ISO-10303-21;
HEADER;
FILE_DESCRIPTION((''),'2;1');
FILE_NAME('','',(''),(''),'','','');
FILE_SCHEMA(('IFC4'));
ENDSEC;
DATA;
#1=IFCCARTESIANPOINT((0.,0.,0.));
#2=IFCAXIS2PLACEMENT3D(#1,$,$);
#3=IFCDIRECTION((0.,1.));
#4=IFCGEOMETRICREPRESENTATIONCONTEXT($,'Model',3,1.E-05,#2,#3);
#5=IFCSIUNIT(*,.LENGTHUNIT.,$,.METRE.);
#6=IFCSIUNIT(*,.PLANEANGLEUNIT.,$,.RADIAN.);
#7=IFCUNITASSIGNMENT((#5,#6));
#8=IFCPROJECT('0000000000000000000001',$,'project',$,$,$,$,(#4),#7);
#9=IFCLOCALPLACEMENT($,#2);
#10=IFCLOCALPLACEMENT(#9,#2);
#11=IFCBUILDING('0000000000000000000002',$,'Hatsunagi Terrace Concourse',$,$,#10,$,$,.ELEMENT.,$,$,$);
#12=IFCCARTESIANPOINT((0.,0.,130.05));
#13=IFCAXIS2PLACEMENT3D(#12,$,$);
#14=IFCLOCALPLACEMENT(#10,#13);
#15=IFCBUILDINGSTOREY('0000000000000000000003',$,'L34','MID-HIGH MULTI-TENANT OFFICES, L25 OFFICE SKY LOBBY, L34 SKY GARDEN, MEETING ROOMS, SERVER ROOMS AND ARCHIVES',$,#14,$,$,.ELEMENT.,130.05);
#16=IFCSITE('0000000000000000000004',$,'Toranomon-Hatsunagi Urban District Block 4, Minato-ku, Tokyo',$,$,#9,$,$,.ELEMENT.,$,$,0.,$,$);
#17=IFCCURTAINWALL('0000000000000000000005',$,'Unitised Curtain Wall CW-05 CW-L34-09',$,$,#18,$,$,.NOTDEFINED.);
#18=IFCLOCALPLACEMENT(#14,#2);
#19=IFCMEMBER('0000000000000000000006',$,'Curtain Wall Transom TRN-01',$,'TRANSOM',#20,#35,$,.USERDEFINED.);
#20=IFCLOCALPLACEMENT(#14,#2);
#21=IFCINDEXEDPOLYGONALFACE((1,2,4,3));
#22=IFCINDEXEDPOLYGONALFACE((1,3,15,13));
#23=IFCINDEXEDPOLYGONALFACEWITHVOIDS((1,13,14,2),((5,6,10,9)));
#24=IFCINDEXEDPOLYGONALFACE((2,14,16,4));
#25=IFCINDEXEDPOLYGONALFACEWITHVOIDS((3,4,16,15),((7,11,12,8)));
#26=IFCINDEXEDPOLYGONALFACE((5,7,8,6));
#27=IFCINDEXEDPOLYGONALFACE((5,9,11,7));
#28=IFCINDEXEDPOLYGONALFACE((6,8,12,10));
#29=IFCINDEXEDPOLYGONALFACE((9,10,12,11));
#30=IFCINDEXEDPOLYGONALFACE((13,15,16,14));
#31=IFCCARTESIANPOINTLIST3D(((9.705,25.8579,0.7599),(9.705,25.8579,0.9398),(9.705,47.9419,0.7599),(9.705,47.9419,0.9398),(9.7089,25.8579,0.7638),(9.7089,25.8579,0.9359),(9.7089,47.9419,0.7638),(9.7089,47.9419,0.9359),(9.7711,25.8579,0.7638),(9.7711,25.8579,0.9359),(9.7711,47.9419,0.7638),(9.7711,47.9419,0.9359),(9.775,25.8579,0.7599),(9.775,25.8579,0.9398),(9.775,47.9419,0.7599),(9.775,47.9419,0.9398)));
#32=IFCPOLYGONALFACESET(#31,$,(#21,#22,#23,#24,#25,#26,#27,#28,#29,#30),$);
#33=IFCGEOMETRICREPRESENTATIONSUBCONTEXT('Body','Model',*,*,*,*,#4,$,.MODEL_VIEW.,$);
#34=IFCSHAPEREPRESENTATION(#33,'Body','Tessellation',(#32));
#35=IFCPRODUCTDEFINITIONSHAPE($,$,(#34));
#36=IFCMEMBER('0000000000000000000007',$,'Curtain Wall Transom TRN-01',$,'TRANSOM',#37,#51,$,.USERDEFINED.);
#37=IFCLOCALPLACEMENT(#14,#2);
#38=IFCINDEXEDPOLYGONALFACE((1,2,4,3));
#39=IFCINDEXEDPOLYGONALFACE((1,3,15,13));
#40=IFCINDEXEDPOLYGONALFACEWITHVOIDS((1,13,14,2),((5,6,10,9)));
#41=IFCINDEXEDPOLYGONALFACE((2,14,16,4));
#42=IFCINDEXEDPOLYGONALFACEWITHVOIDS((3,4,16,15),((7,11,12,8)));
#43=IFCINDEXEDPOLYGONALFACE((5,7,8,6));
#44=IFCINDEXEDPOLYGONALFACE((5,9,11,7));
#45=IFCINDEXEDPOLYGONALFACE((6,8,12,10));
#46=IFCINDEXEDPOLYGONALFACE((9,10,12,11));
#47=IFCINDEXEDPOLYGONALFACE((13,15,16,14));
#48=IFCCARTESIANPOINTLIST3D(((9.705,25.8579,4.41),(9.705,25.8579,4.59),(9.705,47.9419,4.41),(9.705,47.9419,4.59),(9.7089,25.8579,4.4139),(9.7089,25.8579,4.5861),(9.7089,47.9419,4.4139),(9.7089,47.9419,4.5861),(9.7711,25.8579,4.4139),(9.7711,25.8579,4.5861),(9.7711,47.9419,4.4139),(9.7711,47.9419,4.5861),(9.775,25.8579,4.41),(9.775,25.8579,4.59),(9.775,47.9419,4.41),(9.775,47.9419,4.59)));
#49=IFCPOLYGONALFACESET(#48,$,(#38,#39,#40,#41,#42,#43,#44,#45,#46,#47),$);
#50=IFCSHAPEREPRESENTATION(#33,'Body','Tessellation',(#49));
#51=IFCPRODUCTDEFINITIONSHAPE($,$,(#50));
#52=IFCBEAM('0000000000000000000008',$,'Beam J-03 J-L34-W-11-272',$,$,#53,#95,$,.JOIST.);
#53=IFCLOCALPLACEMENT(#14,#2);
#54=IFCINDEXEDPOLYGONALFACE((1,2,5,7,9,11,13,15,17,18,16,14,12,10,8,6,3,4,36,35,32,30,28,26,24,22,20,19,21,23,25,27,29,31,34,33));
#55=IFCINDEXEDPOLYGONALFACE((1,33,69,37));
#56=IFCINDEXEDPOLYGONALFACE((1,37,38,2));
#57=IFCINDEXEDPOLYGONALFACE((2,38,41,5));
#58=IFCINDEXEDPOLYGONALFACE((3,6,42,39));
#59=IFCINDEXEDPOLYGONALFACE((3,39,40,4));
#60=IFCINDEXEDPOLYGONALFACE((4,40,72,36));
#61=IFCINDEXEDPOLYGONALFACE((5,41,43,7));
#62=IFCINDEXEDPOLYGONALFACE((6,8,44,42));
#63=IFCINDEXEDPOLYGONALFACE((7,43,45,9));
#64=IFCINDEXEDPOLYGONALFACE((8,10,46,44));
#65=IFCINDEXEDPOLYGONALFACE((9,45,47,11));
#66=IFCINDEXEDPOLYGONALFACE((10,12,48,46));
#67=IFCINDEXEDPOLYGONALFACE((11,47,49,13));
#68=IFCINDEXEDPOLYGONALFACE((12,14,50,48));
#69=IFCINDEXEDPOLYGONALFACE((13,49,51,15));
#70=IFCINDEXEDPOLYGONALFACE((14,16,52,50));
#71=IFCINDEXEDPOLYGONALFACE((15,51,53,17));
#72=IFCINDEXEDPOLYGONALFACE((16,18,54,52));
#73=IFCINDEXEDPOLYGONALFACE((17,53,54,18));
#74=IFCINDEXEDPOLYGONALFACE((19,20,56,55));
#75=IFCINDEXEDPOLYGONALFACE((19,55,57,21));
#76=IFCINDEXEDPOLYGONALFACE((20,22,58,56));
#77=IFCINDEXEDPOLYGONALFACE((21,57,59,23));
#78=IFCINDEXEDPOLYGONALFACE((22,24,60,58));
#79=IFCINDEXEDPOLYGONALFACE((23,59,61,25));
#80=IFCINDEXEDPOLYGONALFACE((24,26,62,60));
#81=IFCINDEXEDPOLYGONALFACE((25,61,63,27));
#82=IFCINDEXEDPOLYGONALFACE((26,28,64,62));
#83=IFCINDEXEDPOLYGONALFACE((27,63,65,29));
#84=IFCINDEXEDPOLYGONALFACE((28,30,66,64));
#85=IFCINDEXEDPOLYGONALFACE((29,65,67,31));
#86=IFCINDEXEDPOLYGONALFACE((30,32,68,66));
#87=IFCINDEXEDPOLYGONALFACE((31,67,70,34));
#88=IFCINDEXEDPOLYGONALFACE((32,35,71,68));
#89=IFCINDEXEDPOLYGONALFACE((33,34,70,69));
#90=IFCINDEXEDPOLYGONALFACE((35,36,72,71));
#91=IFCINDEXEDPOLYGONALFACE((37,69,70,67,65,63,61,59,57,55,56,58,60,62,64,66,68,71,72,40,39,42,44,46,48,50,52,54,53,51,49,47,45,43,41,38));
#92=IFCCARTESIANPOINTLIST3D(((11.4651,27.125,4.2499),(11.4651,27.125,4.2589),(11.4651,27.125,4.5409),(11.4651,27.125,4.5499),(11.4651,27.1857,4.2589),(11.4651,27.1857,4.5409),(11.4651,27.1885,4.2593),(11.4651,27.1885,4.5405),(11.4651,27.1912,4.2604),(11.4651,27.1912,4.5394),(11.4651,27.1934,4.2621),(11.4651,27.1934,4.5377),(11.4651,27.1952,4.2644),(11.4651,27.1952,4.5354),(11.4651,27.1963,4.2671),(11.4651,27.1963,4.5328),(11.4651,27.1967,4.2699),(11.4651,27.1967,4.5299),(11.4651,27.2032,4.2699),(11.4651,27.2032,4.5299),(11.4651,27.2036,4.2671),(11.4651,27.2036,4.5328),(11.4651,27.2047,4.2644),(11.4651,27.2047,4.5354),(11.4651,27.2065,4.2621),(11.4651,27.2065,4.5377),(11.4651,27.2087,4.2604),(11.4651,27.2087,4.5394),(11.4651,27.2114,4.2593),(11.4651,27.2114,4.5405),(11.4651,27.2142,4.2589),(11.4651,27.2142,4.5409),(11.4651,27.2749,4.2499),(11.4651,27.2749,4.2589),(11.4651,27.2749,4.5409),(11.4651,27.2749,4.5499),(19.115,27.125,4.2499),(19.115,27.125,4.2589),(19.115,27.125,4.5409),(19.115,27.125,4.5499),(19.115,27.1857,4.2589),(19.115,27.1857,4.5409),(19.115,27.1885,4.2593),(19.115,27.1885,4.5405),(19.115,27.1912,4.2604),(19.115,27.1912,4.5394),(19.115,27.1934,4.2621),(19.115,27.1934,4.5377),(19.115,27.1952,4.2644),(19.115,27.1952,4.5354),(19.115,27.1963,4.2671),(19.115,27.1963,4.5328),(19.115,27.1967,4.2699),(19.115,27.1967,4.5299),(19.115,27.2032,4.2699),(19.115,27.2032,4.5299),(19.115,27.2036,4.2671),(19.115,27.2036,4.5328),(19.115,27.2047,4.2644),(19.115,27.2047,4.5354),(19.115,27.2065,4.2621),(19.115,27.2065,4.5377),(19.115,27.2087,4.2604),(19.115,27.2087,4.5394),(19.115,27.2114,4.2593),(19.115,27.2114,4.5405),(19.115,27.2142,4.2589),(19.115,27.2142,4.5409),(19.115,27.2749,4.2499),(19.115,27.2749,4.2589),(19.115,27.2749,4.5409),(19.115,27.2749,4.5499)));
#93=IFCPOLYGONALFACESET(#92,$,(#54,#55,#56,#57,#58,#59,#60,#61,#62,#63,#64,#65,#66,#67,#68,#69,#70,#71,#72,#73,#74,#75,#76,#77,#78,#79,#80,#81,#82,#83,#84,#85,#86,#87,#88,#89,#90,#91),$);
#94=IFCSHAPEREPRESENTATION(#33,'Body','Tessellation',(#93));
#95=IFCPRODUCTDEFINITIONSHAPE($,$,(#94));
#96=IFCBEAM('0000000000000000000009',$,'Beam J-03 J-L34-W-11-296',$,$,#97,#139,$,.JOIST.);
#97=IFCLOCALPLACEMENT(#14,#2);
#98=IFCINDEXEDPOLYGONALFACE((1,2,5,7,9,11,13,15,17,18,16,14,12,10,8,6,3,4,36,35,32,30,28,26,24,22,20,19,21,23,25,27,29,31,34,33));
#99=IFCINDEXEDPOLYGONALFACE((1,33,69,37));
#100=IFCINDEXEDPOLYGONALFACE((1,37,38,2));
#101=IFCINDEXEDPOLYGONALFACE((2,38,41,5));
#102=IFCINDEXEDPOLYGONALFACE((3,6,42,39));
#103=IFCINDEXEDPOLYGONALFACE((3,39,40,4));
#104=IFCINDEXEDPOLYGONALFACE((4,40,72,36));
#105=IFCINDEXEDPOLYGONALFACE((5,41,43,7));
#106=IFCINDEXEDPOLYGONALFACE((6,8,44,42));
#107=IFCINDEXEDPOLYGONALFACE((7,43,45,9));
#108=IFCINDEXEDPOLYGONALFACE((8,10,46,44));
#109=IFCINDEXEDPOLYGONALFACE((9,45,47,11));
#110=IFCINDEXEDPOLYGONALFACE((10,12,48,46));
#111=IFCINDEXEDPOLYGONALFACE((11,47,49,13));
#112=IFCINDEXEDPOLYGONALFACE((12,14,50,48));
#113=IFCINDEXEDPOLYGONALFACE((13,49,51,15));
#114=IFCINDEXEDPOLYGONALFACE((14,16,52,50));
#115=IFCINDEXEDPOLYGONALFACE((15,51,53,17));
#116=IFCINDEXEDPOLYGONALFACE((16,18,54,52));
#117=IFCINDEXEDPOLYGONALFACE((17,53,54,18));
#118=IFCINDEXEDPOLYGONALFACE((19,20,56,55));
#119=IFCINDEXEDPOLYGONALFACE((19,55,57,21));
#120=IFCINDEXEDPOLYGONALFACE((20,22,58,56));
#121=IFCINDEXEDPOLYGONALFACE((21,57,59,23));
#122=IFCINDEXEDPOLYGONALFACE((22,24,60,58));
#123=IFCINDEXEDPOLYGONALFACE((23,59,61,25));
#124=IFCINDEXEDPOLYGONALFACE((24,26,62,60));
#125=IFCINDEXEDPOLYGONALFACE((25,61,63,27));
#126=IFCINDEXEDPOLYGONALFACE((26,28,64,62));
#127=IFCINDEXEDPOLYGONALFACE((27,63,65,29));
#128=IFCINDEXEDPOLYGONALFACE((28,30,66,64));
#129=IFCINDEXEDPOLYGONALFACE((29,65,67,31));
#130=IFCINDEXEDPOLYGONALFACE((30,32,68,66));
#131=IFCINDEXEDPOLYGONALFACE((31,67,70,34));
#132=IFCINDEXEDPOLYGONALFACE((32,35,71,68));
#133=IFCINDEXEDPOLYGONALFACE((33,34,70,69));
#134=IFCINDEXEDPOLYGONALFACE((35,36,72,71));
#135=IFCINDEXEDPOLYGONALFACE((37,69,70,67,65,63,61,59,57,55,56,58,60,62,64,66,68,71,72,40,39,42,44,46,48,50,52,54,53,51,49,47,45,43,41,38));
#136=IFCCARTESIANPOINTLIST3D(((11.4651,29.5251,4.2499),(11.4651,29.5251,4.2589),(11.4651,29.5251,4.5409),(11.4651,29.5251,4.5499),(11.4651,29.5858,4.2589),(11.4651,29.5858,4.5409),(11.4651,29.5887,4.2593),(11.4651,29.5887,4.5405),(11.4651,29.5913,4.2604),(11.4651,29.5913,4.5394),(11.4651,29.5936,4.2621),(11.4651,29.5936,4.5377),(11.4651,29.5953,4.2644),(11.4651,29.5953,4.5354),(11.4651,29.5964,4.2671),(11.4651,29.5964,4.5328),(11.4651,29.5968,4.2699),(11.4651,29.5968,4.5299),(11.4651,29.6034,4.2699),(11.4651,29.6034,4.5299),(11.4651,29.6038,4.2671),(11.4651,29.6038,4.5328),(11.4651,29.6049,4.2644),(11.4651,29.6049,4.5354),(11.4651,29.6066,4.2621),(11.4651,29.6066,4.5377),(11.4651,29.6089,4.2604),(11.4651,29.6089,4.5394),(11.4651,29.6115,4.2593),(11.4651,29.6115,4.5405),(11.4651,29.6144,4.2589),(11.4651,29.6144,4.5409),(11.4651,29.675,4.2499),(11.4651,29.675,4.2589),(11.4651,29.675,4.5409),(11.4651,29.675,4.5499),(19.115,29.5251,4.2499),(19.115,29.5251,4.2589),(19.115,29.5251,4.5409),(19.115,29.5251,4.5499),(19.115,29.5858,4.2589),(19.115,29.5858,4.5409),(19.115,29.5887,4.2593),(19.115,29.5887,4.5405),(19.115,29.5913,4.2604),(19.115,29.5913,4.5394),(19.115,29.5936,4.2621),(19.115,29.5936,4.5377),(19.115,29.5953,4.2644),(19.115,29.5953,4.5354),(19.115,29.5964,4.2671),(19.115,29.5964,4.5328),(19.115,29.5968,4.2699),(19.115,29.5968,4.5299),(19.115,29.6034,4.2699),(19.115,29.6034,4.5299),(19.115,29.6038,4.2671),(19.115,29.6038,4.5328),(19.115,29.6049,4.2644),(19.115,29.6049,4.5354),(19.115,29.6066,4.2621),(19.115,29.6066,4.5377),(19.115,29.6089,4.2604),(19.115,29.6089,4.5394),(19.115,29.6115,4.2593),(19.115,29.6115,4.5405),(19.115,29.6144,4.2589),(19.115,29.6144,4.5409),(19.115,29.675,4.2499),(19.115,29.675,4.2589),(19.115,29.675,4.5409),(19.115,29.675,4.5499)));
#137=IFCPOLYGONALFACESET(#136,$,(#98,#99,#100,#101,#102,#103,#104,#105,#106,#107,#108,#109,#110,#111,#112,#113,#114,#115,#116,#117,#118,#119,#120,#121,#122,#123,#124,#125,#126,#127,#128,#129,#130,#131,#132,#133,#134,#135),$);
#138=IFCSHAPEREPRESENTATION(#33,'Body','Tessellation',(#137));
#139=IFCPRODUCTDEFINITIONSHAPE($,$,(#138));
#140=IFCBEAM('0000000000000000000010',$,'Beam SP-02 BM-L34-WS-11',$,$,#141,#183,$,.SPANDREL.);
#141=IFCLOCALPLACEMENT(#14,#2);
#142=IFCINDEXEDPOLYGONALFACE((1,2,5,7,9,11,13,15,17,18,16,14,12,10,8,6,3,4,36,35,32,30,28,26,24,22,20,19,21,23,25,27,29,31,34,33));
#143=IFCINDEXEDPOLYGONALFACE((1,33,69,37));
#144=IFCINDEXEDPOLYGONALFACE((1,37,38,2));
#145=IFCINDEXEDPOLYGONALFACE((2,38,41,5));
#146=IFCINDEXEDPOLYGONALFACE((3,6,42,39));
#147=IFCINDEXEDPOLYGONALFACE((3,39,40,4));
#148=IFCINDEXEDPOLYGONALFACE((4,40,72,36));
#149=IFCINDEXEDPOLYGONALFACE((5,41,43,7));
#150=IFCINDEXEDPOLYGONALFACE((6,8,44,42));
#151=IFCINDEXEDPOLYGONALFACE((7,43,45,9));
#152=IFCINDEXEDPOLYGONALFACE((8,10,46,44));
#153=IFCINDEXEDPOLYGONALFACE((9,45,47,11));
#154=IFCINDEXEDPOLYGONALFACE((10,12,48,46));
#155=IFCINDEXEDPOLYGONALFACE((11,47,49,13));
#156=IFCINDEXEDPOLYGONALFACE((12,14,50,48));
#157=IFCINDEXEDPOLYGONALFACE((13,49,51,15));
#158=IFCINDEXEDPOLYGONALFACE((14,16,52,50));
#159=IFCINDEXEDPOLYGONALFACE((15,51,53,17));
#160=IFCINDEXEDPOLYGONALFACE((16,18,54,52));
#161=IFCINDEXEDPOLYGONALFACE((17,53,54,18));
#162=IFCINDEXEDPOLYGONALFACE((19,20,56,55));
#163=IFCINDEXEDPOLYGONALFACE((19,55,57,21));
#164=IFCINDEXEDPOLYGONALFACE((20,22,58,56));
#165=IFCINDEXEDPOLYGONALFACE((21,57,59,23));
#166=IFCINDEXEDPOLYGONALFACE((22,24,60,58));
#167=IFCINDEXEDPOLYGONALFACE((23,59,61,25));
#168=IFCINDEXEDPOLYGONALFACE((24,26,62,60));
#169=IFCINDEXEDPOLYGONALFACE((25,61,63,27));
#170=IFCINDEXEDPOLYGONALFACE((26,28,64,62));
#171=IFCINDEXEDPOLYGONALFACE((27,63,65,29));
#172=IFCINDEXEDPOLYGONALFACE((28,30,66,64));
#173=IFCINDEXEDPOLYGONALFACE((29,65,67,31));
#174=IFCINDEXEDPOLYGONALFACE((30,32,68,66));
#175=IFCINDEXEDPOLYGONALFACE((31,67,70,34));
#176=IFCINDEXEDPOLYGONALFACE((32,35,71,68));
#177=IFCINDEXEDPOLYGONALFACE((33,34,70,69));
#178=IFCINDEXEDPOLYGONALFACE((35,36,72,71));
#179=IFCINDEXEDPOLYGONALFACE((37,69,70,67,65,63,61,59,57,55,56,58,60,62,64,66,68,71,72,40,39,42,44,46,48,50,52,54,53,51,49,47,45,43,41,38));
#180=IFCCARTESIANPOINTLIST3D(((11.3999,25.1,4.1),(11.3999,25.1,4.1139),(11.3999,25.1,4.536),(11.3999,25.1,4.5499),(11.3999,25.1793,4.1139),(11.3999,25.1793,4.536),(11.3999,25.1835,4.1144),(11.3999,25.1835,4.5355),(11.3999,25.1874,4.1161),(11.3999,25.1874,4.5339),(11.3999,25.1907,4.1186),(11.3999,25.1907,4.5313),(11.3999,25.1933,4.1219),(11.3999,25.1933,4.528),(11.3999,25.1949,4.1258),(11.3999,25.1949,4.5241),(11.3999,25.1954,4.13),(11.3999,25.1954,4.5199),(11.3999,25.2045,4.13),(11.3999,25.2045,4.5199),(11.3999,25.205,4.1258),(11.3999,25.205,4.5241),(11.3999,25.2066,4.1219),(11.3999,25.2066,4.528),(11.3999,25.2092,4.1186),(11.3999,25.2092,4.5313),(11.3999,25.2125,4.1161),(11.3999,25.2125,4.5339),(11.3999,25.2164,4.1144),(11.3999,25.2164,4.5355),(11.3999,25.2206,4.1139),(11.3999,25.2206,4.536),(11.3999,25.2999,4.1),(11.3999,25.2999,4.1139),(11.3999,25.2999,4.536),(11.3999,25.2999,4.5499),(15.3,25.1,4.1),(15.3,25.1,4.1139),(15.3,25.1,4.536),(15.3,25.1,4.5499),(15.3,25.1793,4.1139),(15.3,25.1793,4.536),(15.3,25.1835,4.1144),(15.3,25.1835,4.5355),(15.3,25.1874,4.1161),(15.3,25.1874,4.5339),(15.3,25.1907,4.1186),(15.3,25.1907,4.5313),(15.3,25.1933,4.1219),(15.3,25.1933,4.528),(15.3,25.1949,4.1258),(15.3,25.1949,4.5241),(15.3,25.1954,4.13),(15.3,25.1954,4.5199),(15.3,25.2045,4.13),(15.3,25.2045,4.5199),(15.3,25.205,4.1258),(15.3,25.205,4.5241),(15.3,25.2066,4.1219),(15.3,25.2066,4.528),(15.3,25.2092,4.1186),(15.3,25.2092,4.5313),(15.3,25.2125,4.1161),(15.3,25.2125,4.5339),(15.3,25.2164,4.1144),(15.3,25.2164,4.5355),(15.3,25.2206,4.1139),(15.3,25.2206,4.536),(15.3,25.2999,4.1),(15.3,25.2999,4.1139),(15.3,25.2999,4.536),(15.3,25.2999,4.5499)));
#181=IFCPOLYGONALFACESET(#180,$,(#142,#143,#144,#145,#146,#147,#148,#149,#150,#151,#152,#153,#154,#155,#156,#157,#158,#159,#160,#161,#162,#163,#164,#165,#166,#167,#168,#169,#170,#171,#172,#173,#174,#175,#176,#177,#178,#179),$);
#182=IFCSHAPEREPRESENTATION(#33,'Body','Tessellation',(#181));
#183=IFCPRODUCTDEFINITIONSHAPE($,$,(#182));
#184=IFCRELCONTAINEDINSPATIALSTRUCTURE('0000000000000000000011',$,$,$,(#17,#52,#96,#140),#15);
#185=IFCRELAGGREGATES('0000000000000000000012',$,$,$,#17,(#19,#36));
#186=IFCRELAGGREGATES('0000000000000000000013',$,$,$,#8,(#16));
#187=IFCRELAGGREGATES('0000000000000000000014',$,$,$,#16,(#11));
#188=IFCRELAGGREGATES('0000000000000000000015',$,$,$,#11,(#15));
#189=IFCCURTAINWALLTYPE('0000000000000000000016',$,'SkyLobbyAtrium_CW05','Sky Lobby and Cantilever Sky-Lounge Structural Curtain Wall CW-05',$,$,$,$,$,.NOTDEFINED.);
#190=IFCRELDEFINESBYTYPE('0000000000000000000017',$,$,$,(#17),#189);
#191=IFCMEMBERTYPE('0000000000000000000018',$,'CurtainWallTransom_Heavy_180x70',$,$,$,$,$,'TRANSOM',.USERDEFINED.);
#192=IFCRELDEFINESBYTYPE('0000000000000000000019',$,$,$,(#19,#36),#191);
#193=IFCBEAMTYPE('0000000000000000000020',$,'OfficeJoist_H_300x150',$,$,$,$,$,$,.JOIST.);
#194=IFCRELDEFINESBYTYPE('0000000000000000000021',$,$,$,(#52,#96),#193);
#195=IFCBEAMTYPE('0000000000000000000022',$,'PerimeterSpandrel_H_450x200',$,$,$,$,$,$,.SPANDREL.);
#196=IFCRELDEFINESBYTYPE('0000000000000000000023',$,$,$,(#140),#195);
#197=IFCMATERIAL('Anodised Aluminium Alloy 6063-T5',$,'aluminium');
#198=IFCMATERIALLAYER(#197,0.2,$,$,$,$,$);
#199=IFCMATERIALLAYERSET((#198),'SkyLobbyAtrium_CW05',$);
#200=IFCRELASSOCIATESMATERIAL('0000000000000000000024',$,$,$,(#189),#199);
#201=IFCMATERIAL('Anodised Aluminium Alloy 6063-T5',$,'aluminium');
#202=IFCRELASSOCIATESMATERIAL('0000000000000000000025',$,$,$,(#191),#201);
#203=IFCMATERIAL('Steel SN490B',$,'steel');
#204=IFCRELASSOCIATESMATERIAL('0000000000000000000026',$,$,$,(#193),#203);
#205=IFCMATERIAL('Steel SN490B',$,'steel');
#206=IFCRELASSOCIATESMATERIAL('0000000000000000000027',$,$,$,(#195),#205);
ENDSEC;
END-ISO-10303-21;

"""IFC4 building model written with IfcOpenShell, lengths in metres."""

from ifc_helpers import new_model, si_unit, direction, frame, origin, origin_2d, place, context, subcontext, project, spatial, hollow_rectangle, i_section, extrude, material, layer, layer_set, material_profile, profile_set, type_object, element, aggregate, save


model = new_model("IFC4")

# Units and contexts
model_context = context("Model", 3, precision=1e-05, world=origin(), true_north=direction((0.0, 1.0)))
body_context = subcontext(model_context, "Body", "Model", "MODEL_VIEW")
ifc_project = project(units=[si_unit("LENGTHUNIT", "METRE"), si_unit("PLANEANGLEUNIT", "RADIAN")], contexts=[model_context])

# Site, building, storey
site_placement = place(None, origin())
site = spatial("IfcSite", under=ifc_project, at=site_placement, Name="Toranomon-Hatsunagi Urban District Block 4, Minato-ku, Tokyo", CompositionType="ELEMENT", RefElevation=0.0)
building_placement = place(site_placement, origin())
building = spatial("IfcBuilding", under=site, at=building_placement, Name="Hatsunagi Terrace Concourse", CompositionType="ELEMENT")
storey_placement = place(building_placement, frame((0.0, 0.0, 130.05)))
storey = spatial("IfcBuildingStorey", under=building, at=storey_placement, Name="L34", Description="MID-HIGH MULTI-TENANT OFFICES, L25 OFFICE SKY LOBBY, L34 SKY GARDEN, MEETING ROOMS, SERVER ROOMS AND ARCHIVES", CompositionType="ELEMENT", Elevation=130.05)

# Curtain wall
ifc_material_1 = material(Name="Anodised Aluminium Alloy 6063-T5", Category="aluminium")
ifc_layer_1 = layer(ifc_material_1, 0.2)
ifc_layer_set_1 = layer_set([ifc_layer_1], Name="SkyLobbyAtrium_CW05")
curtain_wall_type = type_object("IfcCurtainWallType", Name="SkyLobbyAtrium_CW05", Description="Sky Lobby and Cantilever Sky-Lounge Structural Curtain Wall CW-05", PredefinedType="NOTDEFINED", material=ifc_layer_set_1)
curtain_wall_1_placement = place(storey_placement, origin())
curtain_wall_1 = element("IfcCurtainWall", 1, at=curtain_wall_1_placement, inside=storey, type_object=curtain_wall_type, Name="Unitised Curtain Wall CW-05 CW-L34-09", PredefinedType="NOTDEFINED")
ifc_material_2 = material(Name="Anodised Aluminium Alloy 6063-T5", Category="aluminium")
ifc_material_profile_1 = material_profile(ifc_material_2, hollow_rectangle(XDim=0.0701, YDim=0.1799, WallThickness=0.0039, at=origin_2d()), Name="ALU-TRN-180x70x4")
ifc_profile_set_1 = profile_set([ifc_material_profile_1], Name="Anodised Aluminium Alloy 6063-T5")
member_type_1 = type_object("IfcMemberType", Name="CurtainWallTransom_Heavy_180x70", ElementType="TRANSOM", PredefinedType="USERDEFINED", material=ifc_profile_set_1)

# Members
member_1_placement = place(storey_placement, frame((9.74, 25.8579, 0.8499), z_axis=(0.0, 1.0, 0.0), x_axis=(-1.0, 0.0, 0.0)))
member_1 = element("IfcMember", 2, at=member_1_placement, type_object=member_type_1, Name="Curtain Wall Transom TRN-01", ObjectType="TRANSOM", PredefinedType="USERDEFINED", context=body_context, shape_type="SweptSolid", body=[
    extrude(hollow_rectangle(XDim=0.0701, YDim=0.1799, WallThickness=0.0039, at=origin_2d()), origin(), (0.0, 0.0, 1.0), 22.084),
])
member_2_placement = place(storey_placement, frame((9.74, 25.8579, 4.5), z_axis=(0.0, 1.0, 0.0), x_axis=(-1.0, 0.0, 0.0)))
member_2 = element("IfcMember", 3, at=member_2_placement, type_object=member_type_1, Name="Curtain Wall Transom TRN-01", ObjectType="TRANSOM", PredefinedType="USERDEFINED", context=body_context, shape_type="SweptSolid", body=[
    extrude(hollow_rectangle(XDim=0.0701, YDim=0.1799, WallThickness=0.0039, at=origin_2d()), origin(), (0.0, 0.0, 1.0), 22.084),
])

# Beams
ifc_material_3 = material(Name="Steel SN490B", Category="steel")
ifc_material_profile_2 = material_profile(ifc_material_3, i_section(OverallWidth=0.1499, OverallDepth=0.3, WebThickness=0.0066, FlangeThickness=0.009, FilletRadius=0.011, at=origin_2d()), Name="H-300x150x6.5x9")
ifc_profile_set_2 = profile_set([ifc_material_profile_2], Name="Steel SN490B")
beam_type_1 = type_object("IfcBeamType", Name="OfficeJoist_H_300x150", PredefinedType="JOIST", material=ifc_profile_set_2)
for number, where, z_axis, x_axis, name in (
    (4, (11.4651, 27.2, 4.3999), (1.0, 0.0, 0.0), (0.0, 1.0, 0.0), "Beam J-03 J-L34-W-11-272"),
    (5, (11.4651, 29.6001, 4.3999), (1.0, 0.0, 0.0), (0.0, 1.0, 0.0), "Beam J-03 J-L34-W-11-296"),
):
    element("IfcBeam", number, at=place(storey_placement, frame(where, z_axis=z_axis, x_axis=x_axis)), inside=storey, type_object=beam_type_1, Name=name, PredefinedType="JOIST", context=body_context, shape_type="SweptSolid", body=[
        extrude(i_section(OverallWidth=0.1499, OverallDepth=0.3, WebThickness=0.0066, FlangeThickness=0.009, FilletRadius=0.011, at=origin_2d()), origin(), (0.0, 0.0, 1.0), 7.6499),
    ])
ifc_material_4 = material(Name="Steel SN490B", Category="steel")
ifc_material_profile_3 = material_profile(ifc_material_4, i_section(OverallWidth=0.2, OverallDepth=0.45, WebThickness=0.009, FlangeThickness=0.0139, FilletRadius=0.0161, at=origin_2d()), Name="H-450x200x9x14")
ifc_profile_set_3 = profile_set([ifc_material_profile_3], Name="Steel SN490B")
beam_type_2 = type_object("IfcBeamType", Name="PerimeterSpandrel_H_450x200", PredefinedType="SPANDREL", material=ifc_profile_set_3)
beam_1_placement = place(storey_placement, frame((11.3999, 25.2, 4.325), z_axis=(1.0, 0.0, 0.0), x_axis=(0.0, 1.0, 0.0)))
element("IfcBeam", 6, at=beam_1_placement, inside=storey, type_object=beam_type_2, Name="Beam SP-02 BM-L34-WS-11", PredefinedType="SPANDREL", context=body_context, shape_type="SweptSolid", body=[
    extrude(i_section(OverallWidth=0.2, OverallDepth=0.45, WebThickness=0.009, FlangeThickness=0.0139, FilletRadius=0.0161, at=origin_2d()), origin(), (0.0, 0.0, 1.0), 3.9001),
])

aggregate(curtain_wall_1, [member_1, member_2])

save(model, "model.ifc")
